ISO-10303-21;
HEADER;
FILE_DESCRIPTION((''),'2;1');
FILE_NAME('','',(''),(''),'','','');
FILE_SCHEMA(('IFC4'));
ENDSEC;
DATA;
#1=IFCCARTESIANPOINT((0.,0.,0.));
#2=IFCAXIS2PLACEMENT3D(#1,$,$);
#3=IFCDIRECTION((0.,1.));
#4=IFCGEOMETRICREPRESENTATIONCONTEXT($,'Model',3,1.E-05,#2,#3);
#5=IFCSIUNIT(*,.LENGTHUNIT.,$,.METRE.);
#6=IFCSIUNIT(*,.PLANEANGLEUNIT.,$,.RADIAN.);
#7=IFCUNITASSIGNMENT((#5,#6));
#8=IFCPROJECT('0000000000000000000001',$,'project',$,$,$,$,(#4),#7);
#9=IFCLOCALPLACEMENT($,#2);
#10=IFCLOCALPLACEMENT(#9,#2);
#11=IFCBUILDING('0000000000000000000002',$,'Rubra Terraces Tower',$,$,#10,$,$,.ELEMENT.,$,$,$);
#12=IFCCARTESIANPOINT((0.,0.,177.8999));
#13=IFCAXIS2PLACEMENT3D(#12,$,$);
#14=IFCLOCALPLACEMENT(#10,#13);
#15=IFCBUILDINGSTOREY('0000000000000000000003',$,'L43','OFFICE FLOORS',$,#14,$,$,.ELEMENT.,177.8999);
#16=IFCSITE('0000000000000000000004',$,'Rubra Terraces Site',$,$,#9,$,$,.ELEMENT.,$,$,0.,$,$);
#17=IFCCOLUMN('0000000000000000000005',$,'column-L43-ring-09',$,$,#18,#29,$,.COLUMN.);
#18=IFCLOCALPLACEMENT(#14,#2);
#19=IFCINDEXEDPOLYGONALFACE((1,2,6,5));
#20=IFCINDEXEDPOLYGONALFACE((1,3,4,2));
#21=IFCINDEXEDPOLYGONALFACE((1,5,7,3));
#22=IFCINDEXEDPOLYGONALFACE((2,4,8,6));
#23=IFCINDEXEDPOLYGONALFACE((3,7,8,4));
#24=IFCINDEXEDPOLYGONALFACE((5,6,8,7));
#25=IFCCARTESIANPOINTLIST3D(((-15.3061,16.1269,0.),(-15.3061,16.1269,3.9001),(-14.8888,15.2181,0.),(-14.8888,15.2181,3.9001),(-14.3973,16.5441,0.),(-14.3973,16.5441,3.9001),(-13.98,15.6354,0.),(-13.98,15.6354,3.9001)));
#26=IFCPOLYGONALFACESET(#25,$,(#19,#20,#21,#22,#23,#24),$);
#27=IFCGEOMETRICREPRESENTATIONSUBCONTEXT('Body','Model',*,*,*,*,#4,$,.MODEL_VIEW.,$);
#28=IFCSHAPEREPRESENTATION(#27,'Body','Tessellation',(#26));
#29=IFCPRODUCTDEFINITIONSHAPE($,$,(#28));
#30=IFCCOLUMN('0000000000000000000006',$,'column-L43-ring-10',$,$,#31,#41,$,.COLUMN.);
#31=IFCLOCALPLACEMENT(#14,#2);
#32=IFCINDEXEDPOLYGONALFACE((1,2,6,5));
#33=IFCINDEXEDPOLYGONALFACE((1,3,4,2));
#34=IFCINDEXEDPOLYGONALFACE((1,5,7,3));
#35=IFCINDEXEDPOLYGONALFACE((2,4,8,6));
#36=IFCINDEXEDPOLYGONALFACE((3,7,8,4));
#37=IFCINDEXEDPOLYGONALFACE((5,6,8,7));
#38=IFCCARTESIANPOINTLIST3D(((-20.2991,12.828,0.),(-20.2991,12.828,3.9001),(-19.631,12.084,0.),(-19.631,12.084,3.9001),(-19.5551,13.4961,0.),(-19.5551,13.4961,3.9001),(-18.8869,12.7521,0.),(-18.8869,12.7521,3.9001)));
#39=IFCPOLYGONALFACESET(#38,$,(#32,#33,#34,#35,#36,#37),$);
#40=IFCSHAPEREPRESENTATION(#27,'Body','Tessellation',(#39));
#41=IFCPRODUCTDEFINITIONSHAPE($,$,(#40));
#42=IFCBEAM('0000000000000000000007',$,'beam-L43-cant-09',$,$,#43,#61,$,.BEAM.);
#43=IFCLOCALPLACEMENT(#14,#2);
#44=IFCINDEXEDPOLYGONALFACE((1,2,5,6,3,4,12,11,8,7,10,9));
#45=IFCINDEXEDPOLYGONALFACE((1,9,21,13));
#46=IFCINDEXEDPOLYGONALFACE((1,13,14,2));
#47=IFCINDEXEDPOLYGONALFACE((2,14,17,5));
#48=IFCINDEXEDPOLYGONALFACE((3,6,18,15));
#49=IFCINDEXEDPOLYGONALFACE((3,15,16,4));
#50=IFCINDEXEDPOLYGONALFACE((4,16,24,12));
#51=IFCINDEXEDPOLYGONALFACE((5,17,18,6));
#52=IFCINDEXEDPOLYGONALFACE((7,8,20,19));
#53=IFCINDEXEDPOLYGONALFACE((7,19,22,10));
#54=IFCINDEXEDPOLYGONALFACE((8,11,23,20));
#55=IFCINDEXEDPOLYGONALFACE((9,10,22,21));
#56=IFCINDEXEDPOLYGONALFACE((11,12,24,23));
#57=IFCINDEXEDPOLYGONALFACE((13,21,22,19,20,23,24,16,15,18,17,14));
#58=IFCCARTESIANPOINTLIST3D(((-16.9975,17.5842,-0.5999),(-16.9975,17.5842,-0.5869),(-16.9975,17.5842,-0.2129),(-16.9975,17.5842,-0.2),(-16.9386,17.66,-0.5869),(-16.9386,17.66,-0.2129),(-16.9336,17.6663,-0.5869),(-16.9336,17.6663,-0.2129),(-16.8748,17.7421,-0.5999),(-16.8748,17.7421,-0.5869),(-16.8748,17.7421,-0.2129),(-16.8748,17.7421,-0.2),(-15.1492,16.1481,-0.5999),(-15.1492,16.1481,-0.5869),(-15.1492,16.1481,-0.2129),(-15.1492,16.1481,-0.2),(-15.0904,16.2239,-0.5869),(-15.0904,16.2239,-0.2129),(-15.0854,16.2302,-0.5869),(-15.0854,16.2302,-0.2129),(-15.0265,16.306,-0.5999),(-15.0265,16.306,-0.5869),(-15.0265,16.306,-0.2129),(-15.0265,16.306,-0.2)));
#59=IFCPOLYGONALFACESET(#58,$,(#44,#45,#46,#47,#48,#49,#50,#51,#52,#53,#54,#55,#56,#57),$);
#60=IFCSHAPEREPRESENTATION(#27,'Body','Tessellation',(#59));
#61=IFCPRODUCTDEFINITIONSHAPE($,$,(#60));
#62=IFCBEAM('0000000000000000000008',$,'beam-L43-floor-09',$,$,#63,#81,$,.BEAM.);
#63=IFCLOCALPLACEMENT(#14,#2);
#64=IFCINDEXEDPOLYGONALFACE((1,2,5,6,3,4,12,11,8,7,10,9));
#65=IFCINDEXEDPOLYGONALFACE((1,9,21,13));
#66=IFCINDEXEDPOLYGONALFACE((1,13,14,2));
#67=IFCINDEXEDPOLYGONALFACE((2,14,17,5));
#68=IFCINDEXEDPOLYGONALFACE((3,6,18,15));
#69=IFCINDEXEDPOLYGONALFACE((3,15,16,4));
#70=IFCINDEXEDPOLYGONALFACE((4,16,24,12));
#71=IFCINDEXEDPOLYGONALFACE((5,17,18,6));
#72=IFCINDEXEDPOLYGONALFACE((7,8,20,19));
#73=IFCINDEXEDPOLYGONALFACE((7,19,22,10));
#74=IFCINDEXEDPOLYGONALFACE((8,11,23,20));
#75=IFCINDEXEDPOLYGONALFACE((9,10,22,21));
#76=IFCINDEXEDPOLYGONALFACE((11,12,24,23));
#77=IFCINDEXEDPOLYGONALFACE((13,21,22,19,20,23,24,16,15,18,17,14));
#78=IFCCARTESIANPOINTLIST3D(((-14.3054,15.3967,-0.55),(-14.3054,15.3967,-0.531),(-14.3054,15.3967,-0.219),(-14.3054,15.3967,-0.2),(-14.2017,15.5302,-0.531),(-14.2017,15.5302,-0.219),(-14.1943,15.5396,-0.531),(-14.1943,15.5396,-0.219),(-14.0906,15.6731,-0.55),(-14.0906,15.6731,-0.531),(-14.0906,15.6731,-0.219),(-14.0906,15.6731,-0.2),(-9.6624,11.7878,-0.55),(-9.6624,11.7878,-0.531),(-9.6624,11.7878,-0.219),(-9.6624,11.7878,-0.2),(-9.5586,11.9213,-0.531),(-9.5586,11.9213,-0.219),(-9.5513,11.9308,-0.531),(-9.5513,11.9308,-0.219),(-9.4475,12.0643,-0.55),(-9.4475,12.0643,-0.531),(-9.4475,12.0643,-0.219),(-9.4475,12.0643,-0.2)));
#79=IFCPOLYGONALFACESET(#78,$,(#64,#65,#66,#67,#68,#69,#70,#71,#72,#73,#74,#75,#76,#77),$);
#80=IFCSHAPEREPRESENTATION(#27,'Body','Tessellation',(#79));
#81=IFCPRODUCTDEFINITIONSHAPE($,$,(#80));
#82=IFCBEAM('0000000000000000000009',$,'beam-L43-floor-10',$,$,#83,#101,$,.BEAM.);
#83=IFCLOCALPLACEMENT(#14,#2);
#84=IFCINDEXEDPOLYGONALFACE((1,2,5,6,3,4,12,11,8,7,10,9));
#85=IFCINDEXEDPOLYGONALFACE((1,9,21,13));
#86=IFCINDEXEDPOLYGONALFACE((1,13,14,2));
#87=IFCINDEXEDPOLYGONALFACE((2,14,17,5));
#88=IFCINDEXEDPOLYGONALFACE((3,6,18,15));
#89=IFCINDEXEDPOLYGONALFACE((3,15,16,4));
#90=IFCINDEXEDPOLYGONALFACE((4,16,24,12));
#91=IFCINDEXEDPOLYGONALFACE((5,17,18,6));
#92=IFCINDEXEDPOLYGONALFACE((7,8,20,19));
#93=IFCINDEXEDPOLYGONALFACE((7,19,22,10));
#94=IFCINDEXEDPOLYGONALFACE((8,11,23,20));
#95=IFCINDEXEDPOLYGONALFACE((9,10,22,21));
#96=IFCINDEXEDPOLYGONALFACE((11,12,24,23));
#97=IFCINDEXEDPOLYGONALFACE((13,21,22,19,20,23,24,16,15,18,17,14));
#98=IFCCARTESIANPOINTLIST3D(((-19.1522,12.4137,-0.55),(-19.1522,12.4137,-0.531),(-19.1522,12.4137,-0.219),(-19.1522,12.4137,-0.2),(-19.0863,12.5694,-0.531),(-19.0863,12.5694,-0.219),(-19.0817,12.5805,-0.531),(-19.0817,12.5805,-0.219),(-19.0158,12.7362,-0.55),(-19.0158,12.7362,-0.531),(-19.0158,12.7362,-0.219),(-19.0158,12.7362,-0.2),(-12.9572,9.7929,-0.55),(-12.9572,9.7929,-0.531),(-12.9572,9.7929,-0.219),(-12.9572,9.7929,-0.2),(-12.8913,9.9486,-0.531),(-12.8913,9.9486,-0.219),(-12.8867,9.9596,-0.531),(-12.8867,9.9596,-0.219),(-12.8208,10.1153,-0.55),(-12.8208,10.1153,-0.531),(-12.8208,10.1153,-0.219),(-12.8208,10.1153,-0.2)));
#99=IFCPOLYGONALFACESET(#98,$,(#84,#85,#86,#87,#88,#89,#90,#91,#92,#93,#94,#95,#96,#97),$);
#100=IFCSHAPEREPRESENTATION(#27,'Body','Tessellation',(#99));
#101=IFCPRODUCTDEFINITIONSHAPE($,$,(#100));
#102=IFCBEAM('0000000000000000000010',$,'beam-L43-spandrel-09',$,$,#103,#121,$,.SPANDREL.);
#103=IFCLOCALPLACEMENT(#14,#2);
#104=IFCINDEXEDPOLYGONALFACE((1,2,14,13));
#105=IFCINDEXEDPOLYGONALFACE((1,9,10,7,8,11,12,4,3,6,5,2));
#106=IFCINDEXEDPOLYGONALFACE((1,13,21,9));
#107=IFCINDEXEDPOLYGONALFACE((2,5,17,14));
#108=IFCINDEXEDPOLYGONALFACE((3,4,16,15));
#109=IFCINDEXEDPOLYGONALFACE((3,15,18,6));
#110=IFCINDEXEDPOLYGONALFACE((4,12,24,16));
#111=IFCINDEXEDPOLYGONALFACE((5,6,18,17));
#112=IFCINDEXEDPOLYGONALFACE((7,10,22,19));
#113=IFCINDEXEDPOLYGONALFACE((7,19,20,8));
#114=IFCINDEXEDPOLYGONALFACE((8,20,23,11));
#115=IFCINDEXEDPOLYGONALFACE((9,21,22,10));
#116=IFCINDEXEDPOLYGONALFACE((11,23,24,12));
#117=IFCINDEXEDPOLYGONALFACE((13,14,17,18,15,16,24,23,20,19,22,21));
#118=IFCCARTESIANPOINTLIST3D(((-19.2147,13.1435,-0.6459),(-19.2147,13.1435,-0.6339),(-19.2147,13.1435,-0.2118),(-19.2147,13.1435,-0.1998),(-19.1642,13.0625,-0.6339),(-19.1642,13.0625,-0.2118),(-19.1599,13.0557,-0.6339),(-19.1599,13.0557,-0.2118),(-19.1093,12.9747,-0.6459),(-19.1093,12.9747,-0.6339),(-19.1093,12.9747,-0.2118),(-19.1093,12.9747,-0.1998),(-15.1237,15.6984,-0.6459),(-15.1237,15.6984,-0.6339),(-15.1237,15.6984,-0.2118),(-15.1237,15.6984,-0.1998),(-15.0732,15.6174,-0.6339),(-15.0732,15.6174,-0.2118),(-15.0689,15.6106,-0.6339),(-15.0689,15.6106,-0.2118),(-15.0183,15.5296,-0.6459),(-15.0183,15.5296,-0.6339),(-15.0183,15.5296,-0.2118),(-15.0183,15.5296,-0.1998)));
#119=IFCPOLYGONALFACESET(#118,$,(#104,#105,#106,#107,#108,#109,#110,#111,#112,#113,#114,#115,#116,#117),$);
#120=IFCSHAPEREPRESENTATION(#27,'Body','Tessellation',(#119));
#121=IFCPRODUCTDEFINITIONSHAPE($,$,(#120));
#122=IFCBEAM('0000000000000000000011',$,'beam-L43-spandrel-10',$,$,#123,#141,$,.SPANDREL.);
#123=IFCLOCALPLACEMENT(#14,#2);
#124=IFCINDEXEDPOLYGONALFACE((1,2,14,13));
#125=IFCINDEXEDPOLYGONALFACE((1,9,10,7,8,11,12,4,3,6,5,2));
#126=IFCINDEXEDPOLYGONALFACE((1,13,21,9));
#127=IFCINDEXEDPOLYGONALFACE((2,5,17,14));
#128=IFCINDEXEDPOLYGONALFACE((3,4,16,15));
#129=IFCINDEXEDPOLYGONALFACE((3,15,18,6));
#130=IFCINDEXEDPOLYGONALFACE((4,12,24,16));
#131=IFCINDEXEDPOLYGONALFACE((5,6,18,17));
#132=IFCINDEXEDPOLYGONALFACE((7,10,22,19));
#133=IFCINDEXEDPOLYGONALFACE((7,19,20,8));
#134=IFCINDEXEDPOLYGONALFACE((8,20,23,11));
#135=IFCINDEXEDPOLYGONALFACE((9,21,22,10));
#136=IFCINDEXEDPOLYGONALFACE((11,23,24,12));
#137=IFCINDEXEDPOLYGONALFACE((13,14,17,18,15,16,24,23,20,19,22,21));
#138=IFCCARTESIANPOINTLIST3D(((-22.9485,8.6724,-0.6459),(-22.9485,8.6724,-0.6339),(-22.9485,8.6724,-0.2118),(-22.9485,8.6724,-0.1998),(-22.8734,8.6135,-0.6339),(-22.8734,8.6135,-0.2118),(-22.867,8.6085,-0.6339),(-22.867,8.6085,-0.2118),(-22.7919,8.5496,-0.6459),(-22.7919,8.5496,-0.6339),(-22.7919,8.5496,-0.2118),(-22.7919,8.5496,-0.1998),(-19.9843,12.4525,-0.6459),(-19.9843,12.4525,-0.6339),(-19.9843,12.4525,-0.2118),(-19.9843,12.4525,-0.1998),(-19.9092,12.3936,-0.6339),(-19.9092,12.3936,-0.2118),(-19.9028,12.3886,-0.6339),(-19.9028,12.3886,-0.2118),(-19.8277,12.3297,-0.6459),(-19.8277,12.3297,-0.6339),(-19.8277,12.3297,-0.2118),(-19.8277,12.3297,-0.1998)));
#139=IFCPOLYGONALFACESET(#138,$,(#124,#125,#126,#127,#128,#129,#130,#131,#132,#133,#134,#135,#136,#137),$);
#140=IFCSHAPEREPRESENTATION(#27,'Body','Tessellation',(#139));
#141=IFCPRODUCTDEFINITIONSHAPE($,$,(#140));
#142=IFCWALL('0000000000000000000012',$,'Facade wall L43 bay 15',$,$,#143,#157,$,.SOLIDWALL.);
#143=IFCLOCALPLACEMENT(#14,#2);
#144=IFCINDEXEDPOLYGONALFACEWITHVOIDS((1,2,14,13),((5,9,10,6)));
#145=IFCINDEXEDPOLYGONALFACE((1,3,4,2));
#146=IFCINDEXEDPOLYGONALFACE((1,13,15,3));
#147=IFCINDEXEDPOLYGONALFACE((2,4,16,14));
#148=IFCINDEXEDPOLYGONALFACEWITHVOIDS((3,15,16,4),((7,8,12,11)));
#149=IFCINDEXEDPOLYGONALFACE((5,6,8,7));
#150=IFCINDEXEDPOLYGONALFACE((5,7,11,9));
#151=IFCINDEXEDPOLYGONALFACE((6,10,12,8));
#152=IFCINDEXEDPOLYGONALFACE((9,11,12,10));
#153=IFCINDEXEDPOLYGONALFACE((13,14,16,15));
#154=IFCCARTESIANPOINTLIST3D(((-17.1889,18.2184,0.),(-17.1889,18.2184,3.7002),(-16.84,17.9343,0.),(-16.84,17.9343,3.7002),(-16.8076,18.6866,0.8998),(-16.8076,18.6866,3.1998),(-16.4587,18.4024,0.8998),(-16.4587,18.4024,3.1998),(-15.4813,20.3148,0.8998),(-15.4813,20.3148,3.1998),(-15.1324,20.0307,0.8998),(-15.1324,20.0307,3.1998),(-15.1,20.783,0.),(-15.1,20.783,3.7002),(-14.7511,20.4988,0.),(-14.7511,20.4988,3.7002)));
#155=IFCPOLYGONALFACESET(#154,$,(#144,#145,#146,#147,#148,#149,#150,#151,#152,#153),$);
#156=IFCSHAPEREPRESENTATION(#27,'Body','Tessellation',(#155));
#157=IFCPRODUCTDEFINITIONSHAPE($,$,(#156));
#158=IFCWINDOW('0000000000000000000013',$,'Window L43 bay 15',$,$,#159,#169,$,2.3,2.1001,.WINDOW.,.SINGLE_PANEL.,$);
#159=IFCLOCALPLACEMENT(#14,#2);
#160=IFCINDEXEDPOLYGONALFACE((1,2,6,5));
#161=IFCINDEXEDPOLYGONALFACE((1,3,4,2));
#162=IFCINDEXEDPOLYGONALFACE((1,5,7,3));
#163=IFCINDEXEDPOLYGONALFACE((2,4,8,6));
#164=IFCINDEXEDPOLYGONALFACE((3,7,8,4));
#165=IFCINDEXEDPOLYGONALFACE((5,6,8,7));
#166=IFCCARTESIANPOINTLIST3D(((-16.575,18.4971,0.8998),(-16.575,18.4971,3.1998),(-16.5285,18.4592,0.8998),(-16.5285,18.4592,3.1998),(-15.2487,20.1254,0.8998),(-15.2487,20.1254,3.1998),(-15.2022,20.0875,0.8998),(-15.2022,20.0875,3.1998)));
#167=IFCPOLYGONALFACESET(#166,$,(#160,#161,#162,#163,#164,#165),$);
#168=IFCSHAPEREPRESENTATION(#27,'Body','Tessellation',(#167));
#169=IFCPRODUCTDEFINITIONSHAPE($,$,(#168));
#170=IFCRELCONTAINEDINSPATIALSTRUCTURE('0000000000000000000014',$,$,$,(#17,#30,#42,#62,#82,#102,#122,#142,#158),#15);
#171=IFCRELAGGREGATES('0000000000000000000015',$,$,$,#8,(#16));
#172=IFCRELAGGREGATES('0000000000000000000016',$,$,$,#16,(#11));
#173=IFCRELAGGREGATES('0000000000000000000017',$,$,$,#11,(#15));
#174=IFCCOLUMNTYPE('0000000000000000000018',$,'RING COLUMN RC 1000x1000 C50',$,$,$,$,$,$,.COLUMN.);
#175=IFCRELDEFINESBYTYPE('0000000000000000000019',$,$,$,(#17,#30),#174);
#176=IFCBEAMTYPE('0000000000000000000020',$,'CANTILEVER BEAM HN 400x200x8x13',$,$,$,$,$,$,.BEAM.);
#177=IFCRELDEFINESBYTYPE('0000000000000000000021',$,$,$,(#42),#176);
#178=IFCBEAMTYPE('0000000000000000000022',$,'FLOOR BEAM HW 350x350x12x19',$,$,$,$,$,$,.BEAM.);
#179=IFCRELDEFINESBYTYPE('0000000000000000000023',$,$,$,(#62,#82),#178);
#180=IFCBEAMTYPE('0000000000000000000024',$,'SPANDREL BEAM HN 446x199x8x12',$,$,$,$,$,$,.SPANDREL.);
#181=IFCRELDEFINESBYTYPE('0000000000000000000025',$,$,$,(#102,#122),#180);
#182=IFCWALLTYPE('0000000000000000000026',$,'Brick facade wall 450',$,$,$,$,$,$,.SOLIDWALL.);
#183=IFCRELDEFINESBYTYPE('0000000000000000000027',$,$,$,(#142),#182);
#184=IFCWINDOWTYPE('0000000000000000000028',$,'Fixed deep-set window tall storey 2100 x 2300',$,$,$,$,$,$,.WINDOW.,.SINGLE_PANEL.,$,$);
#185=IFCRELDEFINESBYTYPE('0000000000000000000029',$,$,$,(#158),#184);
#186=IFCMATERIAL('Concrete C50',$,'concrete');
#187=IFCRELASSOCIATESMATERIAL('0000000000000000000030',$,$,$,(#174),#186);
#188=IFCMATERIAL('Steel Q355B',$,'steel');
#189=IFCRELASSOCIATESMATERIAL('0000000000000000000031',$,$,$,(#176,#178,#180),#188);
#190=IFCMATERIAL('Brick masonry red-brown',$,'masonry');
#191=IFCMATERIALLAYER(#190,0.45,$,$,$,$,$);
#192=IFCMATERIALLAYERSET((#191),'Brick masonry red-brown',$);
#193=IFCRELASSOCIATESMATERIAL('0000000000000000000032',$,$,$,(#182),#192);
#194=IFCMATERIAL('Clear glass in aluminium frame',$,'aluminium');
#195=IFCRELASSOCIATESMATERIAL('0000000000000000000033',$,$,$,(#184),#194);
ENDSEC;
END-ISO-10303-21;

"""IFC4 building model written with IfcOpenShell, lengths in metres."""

from ifc_helpers import new_model, si_unit, direction, frame, frame_2d, origin, origin_2d, place, context, subcontext, project, spatial, rectangle, i_section, extrude, material, layer, layer_set, material_profile, profile_set, type_object, element, fill, save


model = new_model("IFC4")

# Units and contexts
model_context = context("Model", 3, precision=1e-05, world=origin(), true_north=direction((0.0, 1.0)))
body_context = subcontext(model_context, "Body", "Model", "MODEL_VIEW")
ifc_project = project(units=[si_unit("LENGTHUNIT", "METRE"), si_unit("PLANEANGLEUNIT", "RADIAN")], contexts=[model_context])

# Site, building, storey
site_placement = place(None, origin())
site = spatial("IfcSite", under=ifc_project, at=site_placement, Name="Rubra Terraces Site", CompositionType="ELEMENT", RefElevation=0.0)
building_placement = place(site_placement, origin())
building = spatial("IfcBuilding", under=site, at=building_placement, Name="Rubra Terraces Tower", CompositionType="ELEMENT")
storey_placement = place(building_placement, frame((0.0, 0.0, 177.8999)))
storey = spatial("IfcBuildingStorey", under=building, at=storey_placement, Name="L43", Description="OFFICE FLOORS", CompositionType="ELEMENT", Elevation=177.8999)

# Columns
ifc_material_1 = material(Name="Concrete C50", Category="concrete")
ifc_material_profile_1 = material_profile(ifc_material_1, rectangle(XDim=1.0, YDim=1.0, at=origin_2d()), Name="RC 1000x1000")
ifc_profile_set_1 = profile_set([ifc_material_profile_1], Name="Concrete C50")
column_type = type_object("IfcColumnType", Name="RING COLUMN RC 1000x1000 C50", PredefinedType="COLUMN", material=ifc_profile_set_1)
for number, where, z_axis, x_axis, name in (
    (1, (-14.6431, 15.8811, 0.0), (0.0, 0.0, 1.0), (-0.908779, -0.417279, 0.0), "column-L43-ring-09"),
    (2, (-19.593, 12.79, 0.0), (0.0, 0.0, 1.0), (-0.744021, -0.668156, 0.0), "column-L43-ring-10"),
):
    element("IfcColumn", number, at=place(storey_placement, frame(where, z_axis=z_axis, x_axis=x_axis)), inside=storey, type_object=column_type, Name=name, PredefinedType="COLUMN", context=body_context, shape_type="SweptSolid", body=[
        extrude(rectangle(XDim=1.0, YDim=1.0, at=origin_2d()), origin(), (0.0, 0.0, 1.0), 3.9001),
    ])

# Beams
ifc_material_2 = material(Name="Steel Q355B", Category="steel")
ifc_material_profile_2 = material_profile(ifc_material_2, i_section(OverallWidth=0.2, OverallDepth=0.3999, WebThickness=0.0081, FlangeThickness=0.0129, at=origin_2d()), Name="HN 400x200x8x13")
ifc_profile_set_2 = profile_set([ifc_material_profile_2], Name="Steel Q355B")
beam_type_1 = type_object("IfcBeamType", Name="CANTILEVER BEAM HN 400x200x8x13", PredefinedType="BEAM", material=ifc_profile_set_2)
beam_1_placement = place(storey_placement, frame((-15.0879, 16.2271, -0.3999), z_axis=(-0.789644, 0.613565, 0.0), x_axis=(-0.613565, -0.789644, 0.0)))
element("IfcBeam", 3, at=beam_1_placement, inside=storey, type_object=beam_type_1, Name="beam-L43-cant-09", PredefinedType="BEAM", context=body_context, shape_type="SweptSolid", body=[
    extrude(i_section(OverallWidth=0.2, OverallDepth=0.3999, WebThickness=0.0081, FlangeThickness=0.0129, at=origin_2d()), origin(), (0.0, 0.0, 1.0), 2.3406),
])
ifc_material_profile_3 = material_profile(ifc_material_2, i_section(OverallWidth=0.3501, OverallDepth=0.3501, WebThickness=0.012, FlangeThickness=0.019, at=origin_2d()), Name="HW 350x350x12x19")
ifc_profile_set_3 = profile_set([ifc_material_profile_3], Name="Steel Q355B")
beam_type_2 = type_object("IfcBeamType", Name="FLOOR BEAM HW 350x350x12x19", PredefinedType="BEAM", material=ifc_profile_set_3)
beam_2_placement = place(storey_placement, frame((-14.198, 15.5349, -0.375), z_axis=(0.789549, -0.613688, 0.0), x_axis=(0.613688, 0.789549, 0.0)))
element("IfcBeam", 4, at=beam_2_placement, inside=storey, type_object=beam_type_2, Name="beam-L43-floor-09", PredefinedType="BEAM", context=body_context, shape_type="SweptSolid", body=[
    extrude(i_section(OverallWidth=0.3501, OverallDepth=0.3501, WebThickness=0.012, FlangeThickness=0.019, at=origin_2d()), origin(), (0.0, 0.0, 1.0), 5.8806),
])
beam_3_placement = place(storey_placement, frame((-19.084, 12.575, -0.375), z_axis=(0.920975, -0.389622, 0.0), x_axis=(0.389622, 0.920975, 0.0)))
element("IfcBeam", 5, at=beam_3_placement, inside=storey, type_object=beam_type_2, Name="beam-L43-floor-10", PredefinedType="BEAM", context=body_context, shape_type="SweptSolid", body=[
    extrude(i_section(OverallWidth=0.3501, OverallDepth=0.3501, WebThickness=0.012, FlangeThickness=0.019, at=origin_2d()), origin(), (0.0, 0.0, 1.0), 6.7266),
])
ifc_material_profile_4 = material_profile(ifc_material_2, i_section(OverallWidth=0.199, OverallDepth=0.446, WebThickness=0.0081, FlangeThickness=0.012, at=origin_2d()), Name="HN 446x199x8x12")
ifc_profile_set_4 = profile_set([ifc_material_profile_4], Name="Steel Q355B")
beam_type_3 = type_object("IfcBeamType", Name="SPANDREL BEAM HN 446x199x8x12", PredefinedType="SPANDREL", material=ifc_profile_set_4)
beam_4_placement = place(storey_placement, frame((-15.071, 15.614, -0.4229), z_axis=(-0.848183, -0.529703, 0.0), x_axis=(0.529703, -0.848183, 0.0)))
element("IfcBeam", 6, at=beam_4_placement, inside=storey, type_object=beam_type_3, Name="beam-L43-spandrel-09", PredefinedType="SPANDREL", context=body_context, shape_type="SweptSolid", body=[
    extrude(i_section(OverallWidth=0.199, OverallDepth=0.446, WebThickness=0.0081, FlangeThickness=0.012, at=origin_2d()), origin(), (0.0, 0.0, 1.0), 4.8232),
])
beam_5_placement = place(storey_placement, frame((-19.906, 12.3911, -0.4229), z_axis=(-0.61706, -0.786916, 0.0), x_axis=(0.786916, -0.61706, 0.0)))
element("IfcBeam", 7, at=beam_5_placement, inside=storey, type_object=beam_type_3, Name="beam-L43-spandrel-10", PredefinedType="SPANDREL", context=body_context, shape_type="SweptSolid", body=[
    extrude(i_section(OverallWidth=0.199, OverallDepth=0.446, WebThickness=0.0081, FlangeThickness=0.012, at=origin_2d()), origin(), (0.0, 0.0, 1.0), 4.8037),
])

# Wall, opening, window
ifc_material_3 = material(Name="Brick masonry red-brown", Category="masonry")
ifc_layer_1 = layer(ifc_material_3, 0.45)
ifc_layer_set_1 = layer_set([ifc_layer_1], Name="Brick masonry red-brown")
wall_type_1 = type_object("IfcWallType", Name="Brick facade wall 450", PredefinedType="SOLIDWALL", material=ifc_layer_set_1)
wall_1_placement = place(storey_placement, frame((-14.9255, 20.6409, 0.0), z_axis=(0.0, 0.0, 1.0), x_axis=(-0.631548, -0.775337, 0.0)))
wall_1 = element("IfcWall", 8, at=wall_1_placement, inside=storey, type_object=wall_type_1, Name="Facade wall L43 bay 15", PredefinedType="SOLIDWALL", context=body_context, shape_type="SweptSolid", body=[
    extrude(rectangle(XDim=3.3076, YDim=0.45, at=frame_2d((1.6538, 0.0))), origin(), (0.0, 0.0, 1.0), 3.7002),
])
opening_1_placement = place(wall_1_placement, frame((0.6038, 0.0, 0.8999)))
opening_1 = element("IfcOpeningElement", 9, at=opening_1_placement, cuts=wall_1, PredefinedType="OPENING", context=body_context, shape_type="SweptSolid", body=[
    extrude(rectangle(XDim=2.1001, YDim=2.3, at=frame_2d((1.05, 1.1499))), frame((0.0, 0.2349, 0.0), z_axis=(0.0, -1.0, 0.0), x_axis=(1.0, 0.0, 0.0)), (0.0, 0.0, 1.0), 0.47),
])
ifc_material_4 = material(Name="Clear glass in aluminium frame", Category="aluminium")
window_type_1 = type_object("IfcWindowType", Name="Fixed deep-set window tall storey 2100 x 2300", PartitioningType="SINGLE_PANEL", PredefinedType="WINDOW", material=ifc_material_4)
window_1_placement = place(opening_1_placement, origin())
window_1 = element("IfcWindow", 10, at=window_1_placement, inside=storey, type_object=window_type_1, Name="Window L43 bay 15", OverallHeight=2.3, OverallWidth=2.1001, PartitioningType="SINGLE_PANEL", PredefinedType="WINDOW", context=body_context, shape_type="SweptSolid", body=[
    extrude(rectangle(XDim=2.1001, YDim=2.3, at=frame_2d((1.05, 1.1499))), frame((0.0, 0.135, 0.0), z_axis=(0.0, -1.0, 0.0), x_axis=(1.0, 0.0, 0.0)), (0.0, 0.0, 1.0), 0.0601),
])
fill(opening_1, window_1)

save(model, "model.ifc")
